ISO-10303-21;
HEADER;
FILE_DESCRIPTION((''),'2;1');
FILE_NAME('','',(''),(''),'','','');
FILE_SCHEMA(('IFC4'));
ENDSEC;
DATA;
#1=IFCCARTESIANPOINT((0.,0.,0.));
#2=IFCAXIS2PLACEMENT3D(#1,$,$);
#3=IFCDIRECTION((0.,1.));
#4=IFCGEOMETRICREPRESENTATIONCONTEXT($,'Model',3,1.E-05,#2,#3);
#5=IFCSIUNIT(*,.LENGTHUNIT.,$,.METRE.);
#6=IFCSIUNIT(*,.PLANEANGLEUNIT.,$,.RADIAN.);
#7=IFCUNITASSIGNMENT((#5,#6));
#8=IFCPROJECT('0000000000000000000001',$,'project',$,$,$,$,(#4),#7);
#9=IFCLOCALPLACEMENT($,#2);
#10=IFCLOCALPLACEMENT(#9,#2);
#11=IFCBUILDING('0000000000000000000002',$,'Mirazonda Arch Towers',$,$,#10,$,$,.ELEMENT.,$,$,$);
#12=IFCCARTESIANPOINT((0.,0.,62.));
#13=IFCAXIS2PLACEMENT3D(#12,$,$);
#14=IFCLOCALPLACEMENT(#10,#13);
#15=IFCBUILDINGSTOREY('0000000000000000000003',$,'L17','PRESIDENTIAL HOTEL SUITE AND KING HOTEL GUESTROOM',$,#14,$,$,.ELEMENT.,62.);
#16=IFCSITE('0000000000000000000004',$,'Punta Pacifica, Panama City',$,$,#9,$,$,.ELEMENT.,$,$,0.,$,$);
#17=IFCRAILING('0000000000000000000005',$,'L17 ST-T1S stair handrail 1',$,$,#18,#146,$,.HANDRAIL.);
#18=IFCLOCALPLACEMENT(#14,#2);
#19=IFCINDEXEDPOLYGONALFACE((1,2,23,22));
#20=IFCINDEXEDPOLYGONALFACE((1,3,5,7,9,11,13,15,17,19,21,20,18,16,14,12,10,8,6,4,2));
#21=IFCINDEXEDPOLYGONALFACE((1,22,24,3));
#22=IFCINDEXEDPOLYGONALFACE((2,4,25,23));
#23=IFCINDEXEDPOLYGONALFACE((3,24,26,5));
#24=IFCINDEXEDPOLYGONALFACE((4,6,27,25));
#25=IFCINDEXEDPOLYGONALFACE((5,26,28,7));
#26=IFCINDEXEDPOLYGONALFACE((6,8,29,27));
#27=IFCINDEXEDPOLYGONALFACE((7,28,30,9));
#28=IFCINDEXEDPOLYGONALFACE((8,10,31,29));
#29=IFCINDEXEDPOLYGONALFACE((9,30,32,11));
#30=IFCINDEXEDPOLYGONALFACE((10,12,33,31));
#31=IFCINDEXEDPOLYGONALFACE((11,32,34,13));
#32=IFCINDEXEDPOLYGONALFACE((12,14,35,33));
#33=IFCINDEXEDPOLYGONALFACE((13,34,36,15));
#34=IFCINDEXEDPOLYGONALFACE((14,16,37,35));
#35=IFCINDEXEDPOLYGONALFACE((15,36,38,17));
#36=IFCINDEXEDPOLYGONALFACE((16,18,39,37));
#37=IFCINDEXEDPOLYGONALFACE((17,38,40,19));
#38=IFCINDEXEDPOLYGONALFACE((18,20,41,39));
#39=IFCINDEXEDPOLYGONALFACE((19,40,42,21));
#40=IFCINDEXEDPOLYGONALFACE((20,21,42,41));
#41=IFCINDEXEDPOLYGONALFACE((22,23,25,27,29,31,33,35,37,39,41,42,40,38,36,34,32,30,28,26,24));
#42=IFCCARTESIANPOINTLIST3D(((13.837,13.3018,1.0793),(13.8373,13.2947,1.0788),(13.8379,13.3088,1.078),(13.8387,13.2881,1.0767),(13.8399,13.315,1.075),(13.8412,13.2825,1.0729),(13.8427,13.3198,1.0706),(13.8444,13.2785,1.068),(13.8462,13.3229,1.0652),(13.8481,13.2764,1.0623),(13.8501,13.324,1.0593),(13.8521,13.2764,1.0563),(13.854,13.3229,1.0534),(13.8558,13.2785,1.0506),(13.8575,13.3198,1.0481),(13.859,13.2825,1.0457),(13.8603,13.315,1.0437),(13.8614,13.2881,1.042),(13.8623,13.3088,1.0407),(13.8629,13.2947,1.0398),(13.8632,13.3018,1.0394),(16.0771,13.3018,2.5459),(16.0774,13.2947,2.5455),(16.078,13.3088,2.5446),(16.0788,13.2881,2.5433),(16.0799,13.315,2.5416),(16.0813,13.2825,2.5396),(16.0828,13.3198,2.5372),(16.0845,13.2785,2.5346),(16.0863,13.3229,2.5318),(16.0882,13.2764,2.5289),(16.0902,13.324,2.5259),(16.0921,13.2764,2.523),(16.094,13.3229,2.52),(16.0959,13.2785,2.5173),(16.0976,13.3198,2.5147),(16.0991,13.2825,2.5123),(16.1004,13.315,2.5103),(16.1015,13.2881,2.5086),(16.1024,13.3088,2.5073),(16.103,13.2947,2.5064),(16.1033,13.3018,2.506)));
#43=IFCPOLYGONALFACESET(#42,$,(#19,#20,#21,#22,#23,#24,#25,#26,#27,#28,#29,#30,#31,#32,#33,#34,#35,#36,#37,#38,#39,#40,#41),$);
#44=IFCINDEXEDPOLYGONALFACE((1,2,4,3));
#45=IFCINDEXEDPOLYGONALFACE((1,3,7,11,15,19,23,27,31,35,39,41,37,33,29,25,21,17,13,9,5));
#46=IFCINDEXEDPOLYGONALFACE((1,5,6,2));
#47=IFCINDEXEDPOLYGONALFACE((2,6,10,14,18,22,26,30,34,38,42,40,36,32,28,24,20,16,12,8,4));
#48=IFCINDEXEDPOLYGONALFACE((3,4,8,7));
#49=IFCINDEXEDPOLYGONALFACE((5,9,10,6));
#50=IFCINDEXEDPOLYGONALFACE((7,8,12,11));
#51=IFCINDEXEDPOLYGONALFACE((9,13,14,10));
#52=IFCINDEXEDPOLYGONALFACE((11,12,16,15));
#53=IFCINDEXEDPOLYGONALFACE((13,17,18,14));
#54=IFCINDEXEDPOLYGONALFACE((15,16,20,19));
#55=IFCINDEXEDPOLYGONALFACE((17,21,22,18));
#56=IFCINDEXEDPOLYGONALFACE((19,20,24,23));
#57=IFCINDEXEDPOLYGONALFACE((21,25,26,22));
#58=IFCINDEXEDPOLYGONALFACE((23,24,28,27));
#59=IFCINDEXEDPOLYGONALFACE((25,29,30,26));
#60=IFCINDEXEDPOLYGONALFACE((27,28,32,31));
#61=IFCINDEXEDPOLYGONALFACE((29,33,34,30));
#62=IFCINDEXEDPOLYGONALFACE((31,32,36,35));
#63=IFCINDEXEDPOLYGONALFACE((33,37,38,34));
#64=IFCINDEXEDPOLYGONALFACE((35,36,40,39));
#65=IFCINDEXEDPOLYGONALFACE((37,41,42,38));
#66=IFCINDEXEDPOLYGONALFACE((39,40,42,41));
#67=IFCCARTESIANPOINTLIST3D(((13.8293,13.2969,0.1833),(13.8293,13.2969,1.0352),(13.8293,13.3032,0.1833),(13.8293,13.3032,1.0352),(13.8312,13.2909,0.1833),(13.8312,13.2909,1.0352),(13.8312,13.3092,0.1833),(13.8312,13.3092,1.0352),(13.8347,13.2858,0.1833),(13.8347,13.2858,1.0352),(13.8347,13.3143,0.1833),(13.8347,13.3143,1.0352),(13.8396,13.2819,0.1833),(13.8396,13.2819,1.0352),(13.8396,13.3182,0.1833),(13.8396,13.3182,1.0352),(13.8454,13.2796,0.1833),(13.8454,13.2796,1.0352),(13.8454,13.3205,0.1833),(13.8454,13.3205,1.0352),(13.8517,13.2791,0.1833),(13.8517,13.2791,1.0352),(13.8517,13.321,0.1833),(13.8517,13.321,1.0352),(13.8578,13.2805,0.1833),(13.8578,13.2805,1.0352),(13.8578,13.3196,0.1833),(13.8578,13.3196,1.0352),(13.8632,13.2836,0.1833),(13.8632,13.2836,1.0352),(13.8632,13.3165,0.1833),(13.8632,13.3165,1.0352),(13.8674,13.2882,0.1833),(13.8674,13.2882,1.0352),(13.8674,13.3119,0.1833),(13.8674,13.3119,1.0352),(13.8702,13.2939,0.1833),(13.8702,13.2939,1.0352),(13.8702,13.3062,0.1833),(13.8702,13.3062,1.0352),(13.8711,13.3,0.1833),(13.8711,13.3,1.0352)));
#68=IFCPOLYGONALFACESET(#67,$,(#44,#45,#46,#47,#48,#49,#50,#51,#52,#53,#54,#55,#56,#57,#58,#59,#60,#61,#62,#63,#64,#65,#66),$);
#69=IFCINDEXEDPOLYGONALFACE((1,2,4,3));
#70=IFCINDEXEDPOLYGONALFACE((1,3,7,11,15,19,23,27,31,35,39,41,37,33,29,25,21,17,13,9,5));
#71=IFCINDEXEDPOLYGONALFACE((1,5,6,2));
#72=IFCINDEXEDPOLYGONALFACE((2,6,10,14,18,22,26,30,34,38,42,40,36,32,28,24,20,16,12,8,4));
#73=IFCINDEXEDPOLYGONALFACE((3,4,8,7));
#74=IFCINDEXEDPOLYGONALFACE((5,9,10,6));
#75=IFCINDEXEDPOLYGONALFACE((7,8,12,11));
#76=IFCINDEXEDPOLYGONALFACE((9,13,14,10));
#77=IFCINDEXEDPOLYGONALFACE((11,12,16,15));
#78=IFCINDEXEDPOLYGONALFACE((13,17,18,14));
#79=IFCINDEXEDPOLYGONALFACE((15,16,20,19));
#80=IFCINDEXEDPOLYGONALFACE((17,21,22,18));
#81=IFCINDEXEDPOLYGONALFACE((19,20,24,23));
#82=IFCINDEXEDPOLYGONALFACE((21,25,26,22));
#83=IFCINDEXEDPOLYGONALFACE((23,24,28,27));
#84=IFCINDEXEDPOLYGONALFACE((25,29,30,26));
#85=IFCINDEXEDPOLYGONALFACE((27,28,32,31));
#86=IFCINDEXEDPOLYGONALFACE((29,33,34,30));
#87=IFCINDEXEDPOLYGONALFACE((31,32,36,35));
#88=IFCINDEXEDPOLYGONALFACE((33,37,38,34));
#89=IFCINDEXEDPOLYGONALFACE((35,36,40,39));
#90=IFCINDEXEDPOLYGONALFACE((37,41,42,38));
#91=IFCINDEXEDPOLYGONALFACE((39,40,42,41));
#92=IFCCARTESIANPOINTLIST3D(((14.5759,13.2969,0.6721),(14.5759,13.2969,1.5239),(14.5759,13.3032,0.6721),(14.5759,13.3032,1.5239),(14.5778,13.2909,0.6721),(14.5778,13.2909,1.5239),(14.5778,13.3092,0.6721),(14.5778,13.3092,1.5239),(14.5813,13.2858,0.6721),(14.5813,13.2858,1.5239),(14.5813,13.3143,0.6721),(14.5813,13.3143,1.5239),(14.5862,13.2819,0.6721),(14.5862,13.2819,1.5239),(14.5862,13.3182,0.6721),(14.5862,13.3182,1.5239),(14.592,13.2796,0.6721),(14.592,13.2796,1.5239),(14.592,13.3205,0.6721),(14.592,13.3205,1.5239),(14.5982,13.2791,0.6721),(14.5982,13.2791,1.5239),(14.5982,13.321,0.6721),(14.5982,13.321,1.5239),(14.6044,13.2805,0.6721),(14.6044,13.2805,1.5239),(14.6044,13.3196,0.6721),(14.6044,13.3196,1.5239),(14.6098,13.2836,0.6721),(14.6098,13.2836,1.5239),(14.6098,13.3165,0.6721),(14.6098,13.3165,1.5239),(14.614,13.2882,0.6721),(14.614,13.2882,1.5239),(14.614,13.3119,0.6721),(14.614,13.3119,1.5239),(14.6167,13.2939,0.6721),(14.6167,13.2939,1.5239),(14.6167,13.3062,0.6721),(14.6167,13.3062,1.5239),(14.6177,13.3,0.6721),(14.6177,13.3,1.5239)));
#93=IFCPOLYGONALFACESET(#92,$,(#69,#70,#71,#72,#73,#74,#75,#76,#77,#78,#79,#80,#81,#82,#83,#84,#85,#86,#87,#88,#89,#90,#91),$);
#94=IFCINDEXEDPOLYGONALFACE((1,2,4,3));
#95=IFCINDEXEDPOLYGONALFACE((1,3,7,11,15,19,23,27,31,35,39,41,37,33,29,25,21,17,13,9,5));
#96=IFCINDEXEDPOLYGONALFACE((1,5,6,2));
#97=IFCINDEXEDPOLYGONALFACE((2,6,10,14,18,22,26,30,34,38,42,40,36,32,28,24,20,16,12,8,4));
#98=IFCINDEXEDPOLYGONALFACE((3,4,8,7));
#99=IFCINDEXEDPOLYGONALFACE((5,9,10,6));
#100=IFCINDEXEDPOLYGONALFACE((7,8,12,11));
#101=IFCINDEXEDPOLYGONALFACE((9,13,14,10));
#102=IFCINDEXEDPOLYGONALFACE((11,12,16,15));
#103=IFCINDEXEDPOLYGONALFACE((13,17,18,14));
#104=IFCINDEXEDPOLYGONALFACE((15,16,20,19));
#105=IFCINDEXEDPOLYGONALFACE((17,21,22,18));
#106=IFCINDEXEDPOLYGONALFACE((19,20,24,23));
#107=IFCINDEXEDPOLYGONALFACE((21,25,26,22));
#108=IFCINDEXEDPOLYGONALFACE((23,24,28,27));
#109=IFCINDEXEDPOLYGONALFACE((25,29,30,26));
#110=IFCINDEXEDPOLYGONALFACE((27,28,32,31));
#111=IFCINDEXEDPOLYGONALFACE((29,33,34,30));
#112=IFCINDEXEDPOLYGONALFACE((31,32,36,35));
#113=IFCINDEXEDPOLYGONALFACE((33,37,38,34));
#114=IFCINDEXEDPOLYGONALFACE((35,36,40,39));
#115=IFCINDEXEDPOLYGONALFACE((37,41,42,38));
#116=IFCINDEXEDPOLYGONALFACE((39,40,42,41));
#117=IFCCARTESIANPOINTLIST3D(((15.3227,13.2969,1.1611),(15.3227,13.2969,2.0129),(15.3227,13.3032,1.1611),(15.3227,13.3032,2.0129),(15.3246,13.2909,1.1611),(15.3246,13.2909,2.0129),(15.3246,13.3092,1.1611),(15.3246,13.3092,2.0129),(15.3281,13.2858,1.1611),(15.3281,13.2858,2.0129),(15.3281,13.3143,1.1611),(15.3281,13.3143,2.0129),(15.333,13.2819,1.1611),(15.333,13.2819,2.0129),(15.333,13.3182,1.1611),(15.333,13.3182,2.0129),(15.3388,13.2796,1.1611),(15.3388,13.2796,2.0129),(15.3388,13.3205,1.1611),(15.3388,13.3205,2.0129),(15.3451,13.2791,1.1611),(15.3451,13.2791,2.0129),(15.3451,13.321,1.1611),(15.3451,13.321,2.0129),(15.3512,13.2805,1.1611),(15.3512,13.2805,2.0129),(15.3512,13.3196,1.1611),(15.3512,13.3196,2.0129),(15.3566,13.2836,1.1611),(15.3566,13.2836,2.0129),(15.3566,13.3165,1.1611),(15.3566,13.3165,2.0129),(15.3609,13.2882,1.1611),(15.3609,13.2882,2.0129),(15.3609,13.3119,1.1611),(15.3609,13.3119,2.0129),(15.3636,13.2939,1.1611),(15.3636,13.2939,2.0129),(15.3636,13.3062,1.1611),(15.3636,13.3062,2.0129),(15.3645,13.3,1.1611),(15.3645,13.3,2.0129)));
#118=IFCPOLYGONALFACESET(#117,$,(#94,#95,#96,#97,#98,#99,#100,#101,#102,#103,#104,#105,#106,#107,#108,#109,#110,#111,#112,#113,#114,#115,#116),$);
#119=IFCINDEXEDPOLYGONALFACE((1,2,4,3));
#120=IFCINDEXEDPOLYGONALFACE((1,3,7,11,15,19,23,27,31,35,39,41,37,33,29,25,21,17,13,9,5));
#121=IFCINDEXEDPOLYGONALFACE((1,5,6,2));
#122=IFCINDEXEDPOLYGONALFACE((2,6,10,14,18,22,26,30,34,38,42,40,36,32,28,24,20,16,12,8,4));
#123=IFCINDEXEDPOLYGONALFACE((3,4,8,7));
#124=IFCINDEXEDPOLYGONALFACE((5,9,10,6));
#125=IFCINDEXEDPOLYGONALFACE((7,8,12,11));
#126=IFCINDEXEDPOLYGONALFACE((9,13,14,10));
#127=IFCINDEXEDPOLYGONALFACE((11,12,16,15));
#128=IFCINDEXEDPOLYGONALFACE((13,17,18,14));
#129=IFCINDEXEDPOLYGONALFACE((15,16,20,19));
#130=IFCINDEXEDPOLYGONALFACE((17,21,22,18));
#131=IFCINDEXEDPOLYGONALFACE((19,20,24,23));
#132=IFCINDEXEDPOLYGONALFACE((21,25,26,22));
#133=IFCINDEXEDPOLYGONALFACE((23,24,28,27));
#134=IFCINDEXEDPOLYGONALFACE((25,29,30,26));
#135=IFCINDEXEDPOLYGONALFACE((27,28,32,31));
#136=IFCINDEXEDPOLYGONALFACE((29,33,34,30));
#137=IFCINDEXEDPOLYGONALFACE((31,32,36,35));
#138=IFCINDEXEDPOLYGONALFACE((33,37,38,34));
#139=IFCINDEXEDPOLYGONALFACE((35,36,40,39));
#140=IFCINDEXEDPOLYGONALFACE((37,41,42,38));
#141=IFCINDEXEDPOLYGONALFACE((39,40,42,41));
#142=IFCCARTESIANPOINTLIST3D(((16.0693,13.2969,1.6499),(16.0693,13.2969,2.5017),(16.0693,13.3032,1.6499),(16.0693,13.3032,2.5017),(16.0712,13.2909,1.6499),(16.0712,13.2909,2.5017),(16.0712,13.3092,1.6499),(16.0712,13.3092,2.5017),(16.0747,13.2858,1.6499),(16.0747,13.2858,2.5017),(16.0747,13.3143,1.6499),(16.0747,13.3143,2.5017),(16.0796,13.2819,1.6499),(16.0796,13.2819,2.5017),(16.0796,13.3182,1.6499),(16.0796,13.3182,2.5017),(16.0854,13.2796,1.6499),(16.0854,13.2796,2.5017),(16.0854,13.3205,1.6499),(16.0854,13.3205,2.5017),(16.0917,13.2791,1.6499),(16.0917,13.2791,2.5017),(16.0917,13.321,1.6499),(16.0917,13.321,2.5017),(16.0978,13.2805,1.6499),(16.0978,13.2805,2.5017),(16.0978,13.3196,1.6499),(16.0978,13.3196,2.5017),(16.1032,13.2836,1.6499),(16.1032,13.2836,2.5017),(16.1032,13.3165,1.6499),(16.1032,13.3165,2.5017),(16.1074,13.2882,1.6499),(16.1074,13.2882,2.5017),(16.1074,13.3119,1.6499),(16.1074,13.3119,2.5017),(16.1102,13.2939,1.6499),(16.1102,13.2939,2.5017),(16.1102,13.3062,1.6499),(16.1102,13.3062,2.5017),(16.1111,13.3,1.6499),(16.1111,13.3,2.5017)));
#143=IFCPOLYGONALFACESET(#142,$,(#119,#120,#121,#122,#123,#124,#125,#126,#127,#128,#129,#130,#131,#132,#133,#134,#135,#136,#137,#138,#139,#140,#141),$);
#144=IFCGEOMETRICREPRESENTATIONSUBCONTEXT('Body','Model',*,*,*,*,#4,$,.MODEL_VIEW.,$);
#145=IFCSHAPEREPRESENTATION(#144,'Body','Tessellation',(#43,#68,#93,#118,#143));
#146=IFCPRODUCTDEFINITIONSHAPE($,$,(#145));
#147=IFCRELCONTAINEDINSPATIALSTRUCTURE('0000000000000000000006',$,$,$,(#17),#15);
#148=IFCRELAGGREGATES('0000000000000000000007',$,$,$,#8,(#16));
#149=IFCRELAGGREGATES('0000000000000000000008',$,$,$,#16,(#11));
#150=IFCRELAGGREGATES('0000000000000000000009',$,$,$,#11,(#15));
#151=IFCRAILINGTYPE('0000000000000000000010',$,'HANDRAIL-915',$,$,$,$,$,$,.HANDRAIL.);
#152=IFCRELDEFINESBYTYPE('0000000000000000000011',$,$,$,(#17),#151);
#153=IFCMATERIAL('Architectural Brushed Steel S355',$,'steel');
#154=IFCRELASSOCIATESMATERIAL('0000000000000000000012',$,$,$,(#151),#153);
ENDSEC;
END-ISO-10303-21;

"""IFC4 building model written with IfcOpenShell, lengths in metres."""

from ifc_helpers import new_model, si_unit, direction, frame, origin, origin_2d, place, context, subcontext, project, spatial, circle, extrude, material, type_object, element, save


model = new_model("IFC4")

# Units and contexts
model_context = context("Model", 3, precision=1e-05, world=origin(), true_north=direction((0.0, 1.0)))
body_context = subcontext(model_context, "Body", "Model", "MODEL_VIEW")
ifc_project = project(units=[si_unit("LENGTHUNIT", "METRE"), si_unit("PLANEANGLEUNIT", "RADIAN")], contexts=[model_context])

# Site, building, storey
site_placement = place(None, origin())
site = spatial("IfcSite", under=ifc_project, at=site_placement, Name="Punta Pacifica, Panama City", CompositionType="ELEMENT", RefElevation=0.0)
building_placement = place(site_placement, origin())
building = spatial("IfcBuilding", under=site, at=building_placement, Name="Mirazonda Arch Towers", CompositionType="ELEMENT")
storey_placement = place(building_placement, frame((0.0, 0.0, 62.0)))
storey = spatial("IfcBuildingStorey", under=building, at=storey_placement, Name="L17", Description="PRESIDENTIAL HOTEL SUITE AND KING HOTEL GUESTROOM", CompositionType="ELEMENT", Elevation=62.0)

# Shared definitions
ifc_material_1 = material(Name="Architectural Brushed Steel S355", Category="steel")

# Railing
railing_type_1 = type_object("IfcRailingType", Name="HANDRAIL-915", PredefinedType="HANDRAIL", material=ifc_material_1)
railing_1_placement = place(storey_placement, frame((13.8501, 13.3, 0.1833)))
element("IfcRailing", 1, at=railing_1_placement, inside=storey, type_object=railing_type_1, Name="L17 ST-T1S stair handrail 1", PredefinedType="HANDRAIL", context=body_context, shape_type="SweptSolid", body=[
    extrude(circle(Radius=0.0239, at=origin_2d()), frame((0.0, 0.0, 0.876), z_axis=(0.836637, 0.0, 0.547758), x_axis=(0.0, 1.0, 0.0)), (0.0, 0.0, 1.0), 2.6775),
    extrude(circle(Radius=0.021, at=origin_2d()), origin(), (0.0, 0.0, 1.0), 0.8518),
    extrude(circle(Radius=0.021, at=origin_2d()), frame((0.7466, 0.0, 0.4888)), (0.0, 0.0, 1.0), 0.8518),
    extrude(circle(Radius=0.021, at=origin_2d()), frame((1.4934, 0.0, 0.9778)), (0.0, 0.0, 1.0), 0.8518),
    extrude(circle(Radius=0.021, at=origin_2d()), frame((2.24, 0.0, 1.4666)), (0.0, 0.0, 1.0), 0.8518),
])

save(model, "model.ifc")
